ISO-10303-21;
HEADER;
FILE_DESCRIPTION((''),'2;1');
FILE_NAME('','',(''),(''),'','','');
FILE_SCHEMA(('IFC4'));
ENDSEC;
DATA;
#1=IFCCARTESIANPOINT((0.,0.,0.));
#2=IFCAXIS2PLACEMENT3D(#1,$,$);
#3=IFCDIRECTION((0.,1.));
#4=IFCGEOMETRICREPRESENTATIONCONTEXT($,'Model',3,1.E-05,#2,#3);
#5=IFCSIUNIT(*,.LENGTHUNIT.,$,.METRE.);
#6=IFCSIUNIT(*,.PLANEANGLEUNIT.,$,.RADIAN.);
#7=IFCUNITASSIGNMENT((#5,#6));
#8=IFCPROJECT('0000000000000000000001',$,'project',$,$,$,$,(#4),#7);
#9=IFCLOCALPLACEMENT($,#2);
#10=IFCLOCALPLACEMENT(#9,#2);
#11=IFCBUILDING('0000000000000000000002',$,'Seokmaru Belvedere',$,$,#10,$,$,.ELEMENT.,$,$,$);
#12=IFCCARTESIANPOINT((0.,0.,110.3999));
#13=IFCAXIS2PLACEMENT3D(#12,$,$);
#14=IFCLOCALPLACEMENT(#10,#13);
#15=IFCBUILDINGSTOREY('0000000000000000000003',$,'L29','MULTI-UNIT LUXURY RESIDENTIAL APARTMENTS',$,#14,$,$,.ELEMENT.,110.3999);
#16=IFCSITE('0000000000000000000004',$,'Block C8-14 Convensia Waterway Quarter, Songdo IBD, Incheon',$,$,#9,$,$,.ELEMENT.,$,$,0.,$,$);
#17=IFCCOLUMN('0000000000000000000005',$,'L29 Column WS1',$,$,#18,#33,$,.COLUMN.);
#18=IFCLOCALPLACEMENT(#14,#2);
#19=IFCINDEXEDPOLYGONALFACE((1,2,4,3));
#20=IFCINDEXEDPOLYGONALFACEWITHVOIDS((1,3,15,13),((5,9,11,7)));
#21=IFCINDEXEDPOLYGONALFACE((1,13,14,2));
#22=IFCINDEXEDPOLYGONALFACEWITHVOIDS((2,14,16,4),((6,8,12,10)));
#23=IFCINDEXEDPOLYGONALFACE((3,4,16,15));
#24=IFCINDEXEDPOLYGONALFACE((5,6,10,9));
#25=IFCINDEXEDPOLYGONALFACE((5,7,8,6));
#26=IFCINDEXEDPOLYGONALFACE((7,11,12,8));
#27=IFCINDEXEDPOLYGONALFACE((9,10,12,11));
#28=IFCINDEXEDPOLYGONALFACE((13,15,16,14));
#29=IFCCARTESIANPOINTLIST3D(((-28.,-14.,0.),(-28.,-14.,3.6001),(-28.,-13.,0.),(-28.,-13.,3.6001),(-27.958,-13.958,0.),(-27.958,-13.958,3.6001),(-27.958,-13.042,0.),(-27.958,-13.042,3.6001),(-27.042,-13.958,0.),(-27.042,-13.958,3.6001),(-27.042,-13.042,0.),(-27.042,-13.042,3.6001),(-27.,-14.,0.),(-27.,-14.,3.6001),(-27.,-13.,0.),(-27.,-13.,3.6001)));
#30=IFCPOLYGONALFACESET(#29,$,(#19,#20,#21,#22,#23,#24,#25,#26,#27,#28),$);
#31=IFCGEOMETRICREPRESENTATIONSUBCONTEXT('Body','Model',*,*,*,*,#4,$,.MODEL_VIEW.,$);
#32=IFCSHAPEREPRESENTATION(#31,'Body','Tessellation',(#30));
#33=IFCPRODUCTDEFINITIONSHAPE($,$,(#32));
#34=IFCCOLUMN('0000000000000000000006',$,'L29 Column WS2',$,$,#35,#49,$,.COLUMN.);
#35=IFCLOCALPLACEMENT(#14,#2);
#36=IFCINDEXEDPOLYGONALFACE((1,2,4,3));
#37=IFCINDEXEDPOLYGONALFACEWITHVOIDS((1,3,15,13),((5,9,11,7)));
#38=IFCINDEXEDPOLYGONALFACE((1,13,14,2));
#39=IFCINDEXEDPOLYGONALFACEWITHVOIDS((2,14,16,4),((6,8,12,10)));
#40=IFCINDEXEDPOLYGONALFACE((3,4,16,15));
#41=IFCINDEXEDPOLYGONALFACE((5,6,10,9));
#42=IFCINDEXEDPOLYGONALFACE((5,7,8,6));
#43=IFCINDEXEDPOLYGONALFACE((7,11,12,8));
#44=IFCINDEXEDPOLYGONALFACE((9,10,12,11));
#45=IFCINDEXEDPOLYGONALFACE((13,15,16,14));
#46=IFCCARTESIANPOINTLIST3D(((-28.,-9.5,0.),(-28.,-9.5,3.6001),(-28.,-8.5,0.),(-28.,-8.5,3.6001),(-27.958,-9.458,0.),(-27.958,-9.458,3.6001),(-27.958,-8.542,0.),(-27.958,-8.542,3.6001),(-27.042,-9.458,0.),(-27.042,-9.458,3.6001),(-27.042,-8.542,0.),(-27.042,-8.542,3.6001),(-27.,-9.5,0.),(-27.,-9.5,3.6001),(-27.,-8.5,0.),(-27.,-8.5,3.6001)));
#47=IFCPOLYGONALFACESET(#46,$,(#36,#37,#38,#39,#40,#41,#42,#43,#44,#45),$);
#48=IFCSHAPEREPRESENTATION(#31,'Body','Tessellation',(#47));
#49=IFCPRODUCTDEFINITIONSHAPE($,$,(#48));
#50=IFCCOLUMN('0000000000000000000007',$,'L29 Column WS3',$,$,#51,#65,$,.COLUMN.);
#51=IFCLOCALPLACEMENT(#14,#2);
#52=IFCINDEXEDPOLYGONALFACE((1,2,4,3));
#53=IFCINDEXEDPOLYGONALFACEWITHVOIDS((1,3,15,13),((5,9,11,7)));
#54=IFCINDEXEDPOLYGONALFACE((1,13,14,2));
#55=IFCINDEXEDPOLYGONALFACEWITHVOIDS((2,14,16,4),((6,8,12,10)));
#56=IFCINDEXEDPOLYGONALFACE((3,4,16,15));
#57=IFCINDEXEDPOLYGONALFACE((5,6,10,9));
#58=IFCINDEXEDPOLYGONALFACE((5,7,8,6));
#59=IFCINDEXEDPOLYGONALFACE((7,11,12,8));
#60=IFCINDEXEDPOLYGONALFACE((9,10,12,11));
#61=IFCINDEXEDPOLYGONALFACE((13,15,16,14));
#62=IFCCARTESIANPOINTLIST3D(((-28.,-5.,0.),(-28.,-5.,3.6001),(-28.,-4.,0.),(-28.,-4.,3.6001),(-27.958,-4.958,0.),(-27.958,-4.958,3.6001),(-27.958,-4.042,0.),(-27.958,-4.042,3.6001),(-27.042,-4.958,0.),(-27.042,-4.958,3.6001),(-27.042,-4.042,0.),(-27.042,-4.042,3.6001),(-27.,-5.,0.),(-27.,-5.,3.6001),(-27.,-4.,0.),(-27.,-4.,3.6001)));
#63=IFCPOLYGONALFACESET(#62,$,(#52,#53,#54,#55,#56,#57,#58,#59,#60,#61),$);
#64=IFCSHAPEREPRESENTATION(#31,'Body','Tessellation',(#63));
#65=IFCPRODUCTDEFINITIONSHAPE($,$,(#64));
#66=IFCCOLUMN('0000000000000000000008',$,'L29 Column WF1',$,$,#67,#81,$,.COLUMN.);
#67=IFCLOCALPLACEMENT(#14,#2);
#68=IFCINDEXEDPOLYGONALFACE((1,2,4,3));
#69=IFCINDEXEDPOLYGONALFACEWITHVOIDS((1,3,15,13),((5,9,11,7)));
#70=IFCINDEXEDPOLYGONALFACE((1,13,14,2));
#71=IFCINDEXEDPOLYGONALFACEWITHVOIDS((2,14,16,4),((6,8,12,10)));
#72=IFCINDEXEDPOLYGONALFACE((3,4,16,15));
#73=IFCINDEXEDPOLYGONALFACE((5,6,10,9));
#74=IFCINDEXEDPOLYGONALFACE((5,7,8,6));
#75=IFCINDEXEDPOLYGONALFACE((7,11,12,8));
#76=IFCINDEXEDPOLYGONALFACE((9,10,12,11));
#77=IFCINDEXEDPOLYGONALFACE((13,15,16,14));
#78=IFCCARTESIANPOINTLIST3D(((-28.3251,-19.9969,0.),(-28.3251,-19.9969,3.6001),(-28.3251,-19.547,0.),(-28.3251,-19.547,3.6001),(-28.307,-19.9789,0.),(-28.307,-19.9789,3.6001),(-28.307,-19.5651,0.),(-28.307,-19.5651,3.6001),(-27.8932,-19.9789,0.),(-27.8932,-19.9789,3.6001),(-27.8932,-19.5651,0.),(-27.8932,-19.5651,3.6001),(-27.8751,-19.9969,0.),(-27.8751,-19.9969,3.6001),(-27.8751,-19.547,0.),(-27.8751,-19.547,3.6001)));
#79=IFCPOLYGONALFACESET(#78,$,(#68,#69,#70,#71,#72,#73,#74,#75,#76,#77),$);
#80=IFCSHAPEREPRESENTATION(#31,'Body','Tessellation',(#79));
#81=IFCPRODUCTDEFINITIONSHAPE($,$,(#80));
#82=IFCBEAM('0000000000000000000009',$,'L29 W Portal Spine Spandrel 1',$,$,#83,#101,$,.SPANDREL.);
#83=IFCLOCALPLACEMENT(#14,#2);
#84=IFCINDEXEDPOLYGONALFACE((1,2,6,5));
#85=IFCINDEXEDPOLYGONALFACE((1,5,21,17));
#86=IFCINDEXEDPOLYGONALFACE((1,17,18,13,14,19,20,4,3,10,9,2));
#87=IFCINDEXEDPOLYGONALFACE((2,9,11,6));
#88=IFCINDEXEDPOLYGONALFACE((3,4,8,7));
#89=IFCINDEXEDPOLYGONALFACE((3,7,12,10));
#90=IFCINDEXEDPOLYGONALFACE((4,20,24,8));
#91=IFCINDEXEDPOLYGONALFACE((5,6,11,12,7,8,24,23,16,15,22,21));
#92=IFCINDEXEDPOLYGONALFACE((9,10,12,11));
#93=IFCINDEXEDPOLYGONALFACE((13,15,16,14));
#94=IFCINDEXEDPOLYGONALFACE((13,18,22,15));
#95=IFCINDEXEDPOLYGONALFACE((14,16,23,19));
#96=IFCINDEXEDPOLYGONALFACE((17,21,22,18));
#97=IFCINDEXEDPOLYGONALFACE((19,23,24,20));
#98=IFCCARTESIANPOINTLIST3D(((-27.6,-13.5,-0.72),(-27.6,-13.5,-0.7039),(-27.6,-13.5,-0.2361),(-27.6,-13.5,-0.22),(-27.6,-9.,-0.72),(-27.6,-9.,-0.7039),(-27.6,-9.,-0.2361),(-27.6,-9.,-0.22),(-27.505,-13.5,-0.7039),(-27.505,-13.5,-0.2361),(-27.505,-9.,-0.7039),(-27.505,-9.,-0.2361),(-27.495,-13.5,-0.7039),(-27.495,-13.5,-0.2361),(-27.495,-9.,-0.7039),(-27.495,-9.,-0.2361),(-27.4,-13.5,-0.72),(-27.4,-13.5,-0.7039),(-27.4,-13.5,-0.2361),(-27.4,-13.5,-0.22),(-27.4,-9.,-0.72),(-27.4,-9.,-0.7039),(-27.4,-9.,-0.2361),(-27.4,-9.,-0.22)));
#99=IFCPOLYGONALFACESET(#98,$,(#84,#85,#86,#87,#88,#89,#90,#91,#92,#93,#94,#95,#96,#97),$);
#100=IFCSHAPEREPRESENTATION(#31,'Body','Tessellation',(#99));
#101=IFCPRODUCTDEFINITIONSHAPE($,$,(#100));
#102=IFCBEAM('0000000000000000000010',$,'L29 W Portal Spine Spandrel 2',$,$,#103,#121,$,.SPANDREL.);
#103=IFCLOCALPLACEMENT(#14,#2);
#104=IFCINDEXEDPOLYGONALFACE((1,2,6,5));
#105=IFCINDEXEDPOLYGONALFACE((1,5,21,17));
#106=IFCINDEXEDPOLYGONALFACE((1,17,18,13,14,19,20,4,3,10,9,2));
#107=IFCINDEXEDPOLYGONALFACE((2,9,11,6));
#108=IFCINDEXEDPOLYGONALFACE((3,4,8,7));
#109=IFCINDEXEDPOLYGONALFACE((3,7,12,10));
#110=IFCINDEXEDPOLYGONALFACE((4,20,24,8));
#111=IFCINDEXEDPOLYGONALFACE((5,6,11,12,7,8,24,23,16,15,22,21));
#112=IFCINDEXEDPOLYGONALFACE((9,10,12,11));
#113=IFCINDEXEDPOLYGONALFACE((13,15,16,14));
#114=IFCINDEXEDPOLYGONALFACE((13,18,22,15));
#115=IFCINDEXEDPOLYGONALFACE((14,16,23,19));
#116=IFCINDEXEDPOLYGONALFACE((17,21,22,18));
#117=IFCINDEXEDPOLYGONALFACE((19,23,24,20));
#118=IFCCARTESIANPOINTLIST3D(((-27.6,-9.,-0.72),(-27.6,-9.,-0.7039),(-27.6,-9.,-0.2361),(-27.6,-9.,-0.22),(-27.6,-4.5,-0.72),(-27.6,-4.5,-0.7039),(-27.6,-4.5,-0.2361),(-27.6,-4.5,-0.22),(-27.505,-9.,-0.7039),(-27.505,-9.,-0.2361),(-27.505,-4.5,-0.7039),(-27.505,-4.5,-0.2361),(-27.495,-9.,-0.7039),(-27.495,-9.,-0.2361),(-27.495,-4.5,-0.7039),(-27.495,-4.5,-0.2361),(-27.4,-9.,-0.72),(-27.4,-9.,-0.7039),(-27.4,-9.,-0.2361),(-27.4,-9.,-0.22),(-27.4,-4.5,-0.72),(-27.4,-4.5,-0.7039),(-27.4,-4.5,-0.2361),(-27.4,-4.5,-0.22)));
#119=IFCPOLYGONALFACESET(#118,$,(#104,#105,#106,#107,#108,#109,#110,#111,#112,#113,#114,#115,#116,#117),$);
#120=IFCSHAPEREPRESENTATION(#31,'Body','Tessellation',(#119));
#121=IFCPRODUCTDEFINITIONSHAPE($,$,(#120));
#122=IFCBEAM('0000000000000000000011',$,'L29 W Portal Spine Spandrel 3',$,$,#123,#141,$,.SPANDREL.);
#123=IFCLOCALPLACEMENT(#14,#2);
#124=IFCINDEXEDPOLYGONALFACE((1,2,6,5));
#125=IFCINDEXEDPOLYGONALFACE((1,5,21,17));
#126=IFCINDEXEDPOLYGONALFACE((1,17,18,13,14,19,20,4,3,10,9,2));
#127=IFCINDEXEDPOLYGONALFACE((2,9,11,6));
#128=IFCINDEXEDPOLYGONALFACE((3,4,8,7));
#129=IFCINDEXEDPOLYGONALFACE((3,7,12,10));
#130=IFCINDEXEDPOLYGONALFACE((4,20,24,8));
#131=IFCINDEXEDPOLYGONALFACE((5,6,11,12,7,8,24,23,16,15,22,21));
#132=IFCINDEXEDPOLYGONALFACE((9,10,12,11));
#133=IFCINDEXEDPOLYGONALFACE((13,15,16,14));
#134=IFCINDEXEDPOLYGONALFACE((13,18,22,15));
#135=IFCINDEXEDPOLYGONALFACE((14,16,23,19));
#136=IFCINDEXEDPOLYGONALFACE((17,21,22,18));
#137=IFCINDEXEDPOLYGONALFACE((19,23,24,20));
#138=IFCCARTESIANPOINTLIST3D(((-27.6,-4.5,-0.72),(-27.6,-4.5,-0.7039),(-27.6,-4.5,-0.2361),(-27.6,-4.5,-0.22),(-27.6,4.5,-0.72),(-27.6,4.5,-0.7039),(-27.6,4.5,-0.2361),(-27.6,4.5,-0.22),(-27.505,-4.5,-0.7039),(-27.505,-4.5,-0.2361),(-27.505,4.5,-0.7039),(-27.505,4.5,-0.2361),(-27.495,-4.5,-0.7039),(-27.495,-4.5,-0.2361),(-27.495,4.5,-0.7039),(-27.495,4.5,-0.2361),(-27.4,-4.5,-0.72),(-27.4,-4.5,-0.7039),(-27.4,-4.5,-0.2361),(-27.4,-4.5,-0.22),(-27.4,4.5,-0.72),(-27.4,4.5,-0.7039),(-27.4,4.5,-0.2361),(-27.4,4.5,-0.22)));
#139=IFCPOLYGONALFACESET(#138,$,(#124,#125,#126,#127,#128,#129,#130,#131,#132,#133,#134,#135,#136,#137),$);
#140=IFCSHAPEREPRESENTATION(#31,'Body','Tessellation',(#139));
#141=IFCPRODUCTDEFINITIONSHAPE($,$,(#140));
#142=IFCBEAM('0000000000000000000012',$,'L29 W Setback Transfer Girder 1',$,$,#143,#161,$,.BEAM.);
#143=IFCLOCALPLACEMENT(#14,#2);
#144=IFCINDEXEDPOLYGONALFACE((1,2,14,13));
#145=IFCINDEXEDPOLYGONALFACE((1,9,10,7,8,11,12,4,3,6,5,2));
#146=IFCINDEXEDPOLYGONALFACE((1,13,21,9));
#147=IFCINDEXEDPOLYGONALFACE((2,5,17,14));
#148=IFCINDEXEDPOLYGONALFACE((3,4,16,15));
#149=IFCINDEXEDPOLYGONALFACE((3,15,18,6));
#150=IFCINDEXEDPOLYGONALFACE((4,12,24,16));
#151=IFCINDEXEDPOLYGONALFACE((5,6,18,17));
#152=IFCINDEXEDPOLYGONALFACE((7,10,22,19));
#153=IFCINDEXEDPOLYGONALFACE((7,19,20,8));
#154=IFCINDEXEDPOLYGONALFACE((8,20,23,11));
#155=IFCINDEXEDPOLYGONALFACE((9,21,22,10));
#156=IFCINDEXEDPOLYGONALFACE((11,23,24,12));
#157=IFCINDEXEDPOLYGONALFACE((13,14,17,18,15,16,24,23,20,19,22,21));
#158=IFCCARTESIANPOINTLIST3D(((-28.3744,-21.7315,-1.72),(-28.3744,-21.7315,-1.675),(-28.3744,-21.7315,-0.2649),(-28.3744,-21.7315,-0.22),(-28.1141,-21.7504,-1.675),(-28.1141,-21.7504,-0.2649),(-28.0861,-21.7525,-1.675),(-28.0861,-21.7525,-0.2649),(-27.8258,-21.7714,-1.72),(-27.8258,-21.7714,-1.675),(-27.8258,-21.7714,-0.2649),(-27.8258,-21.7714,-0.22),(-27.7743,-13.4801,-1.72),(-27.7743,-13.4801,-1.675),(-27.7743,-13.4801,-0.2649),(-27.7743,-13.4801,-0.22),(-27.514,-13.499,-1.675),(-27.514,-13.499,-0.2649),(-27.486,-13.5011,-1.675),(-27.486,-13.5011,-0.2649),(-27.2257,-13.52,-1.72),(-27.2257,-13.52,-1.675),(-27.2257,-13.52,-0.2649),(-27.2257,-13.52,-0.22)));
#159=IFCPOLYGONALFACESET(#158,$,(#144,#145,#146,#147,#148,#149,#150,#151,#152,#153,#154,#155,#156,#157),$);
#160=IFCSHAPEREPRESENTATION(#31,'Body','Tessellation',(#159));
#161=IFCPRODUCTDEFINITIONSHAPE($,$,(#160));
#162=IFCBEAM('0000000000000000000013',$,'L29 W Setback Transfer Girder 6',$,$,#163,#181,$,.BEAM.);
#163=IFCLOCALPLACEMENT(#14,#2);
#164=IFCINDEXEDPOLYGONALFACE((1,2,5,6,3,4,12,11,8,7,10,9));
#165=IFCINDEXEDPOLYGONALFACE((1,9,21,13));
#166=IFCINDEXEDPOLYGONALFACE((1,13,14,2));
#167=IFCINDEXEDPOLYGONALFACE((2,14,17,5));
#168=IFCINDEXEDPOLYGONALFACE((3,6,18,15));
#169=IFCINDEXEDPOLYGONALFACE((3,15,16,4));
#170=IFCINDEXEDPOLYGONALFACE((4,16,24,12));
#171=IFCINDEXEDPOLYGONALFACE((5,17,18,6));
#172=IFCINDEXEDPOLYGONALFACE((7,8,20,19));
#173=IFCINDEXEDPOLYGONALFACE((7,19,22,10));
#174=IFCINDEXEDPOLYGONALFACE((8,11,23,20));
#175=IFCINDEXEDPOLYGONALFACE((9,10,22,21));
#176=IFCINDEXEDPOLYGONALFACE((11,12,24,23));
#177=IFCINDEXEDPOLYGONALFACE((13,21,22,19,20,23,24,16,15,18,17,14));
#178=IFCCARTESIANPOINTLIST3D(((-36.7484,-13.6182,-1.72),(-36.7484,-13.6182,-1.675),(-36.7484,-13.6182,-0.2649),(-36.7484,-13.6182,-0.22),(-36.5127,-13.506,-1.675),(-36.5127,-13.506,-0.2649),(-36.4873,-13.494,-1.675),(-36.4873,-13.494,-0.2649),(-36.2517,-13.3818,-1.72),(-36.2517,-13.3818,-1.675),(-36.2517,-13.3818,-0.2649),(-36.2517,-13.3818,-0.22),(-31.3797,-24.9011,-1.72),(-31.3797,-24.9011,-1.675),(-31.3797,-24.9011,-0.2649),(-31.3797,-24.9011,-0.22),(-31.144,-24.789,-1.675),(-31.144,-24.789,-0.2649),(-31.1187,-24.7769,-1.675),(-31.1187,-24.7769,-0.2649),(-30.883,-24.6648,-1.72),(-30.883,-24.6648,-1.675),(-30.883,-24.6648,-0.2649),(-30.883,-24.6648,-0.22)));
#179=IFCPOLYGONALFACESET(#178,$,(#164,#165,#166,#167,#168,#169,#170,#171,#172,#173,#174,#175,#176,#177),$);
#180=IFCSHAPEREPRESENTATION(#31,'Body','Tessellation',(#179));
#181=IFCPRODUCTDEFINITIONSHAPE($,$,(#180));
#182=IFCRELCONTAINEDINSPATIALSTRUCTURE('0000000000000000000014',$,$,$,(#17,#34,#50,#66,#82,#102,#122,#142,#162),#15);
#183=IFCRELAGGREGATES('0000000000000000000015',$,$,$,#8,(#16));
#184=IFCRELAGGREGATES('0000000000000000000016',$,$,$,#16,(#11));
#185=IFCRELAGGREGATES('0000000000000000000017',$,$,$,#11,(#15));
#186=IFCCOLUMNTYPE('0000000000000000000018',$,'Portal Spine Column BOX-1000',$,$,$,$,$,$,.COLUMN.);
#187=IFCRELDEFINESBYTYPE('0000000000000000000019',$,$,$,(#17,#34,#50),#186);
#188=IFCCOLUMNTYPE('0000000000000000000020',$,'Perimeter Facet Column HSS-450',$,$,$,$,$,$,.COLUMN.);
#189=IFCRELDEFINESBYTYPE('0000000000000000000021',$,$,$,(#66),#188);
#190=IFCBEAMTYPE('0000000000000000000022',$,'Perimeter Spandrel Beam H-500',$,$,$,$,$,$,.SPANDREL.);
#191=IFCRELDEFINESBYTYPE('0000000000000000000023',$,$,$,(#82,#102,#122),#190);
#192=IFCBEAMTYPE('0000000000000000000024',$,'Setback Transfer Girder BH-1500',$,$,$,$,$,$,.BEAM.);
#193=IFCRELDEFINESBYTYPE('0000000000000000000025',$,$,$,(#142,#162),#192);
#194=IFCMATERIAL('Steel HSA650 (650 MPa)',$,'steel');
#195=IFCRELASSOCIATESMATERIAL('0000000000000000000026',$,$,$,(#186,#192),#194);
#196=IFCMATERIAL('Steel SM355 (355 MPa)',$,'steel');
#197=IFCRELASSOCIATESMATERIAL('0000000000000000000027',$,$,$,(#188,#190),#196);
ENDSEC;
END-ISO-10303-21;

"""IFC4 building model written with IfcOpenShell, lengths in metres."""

from ifc_helpers import new_model, si_unit, direction, frame, origin, origin_2d, place, context, subcontext, project, spatial, hollow_rectangle, i_section, extrude, source, transform, mapped, material, material_profile, profile_set, type_object, type_shapes, element, save


model = new_model("IFC4")

# Units and contexts
model_context = context("Model", 3, precision=1e-05, world=origin(), true_north=direction((0.0, 1.0)))
body_context = subcontext(model_context, "Body", "Model", "MODEL_VIEW")
ifc_project = project(units=[si_unit("LENGTHUNIT", "METRE"), si_unit("PLANEANGLEUNIT", "RADIAN")], contexts=[model_context])

# Site, building, storey
site_placement = place(None, origin())
site = spatial("IfcSite", under=ifc_project, at=site_placement, Name="Block C8-14 Convensia Waterway Quarter, Songdo IBD, Incheon", CompositionType="ELEMENT", RefElevation=0.0)
building_placement = place(site_placement, origin())
building = spatial("IfcBuilding", under=site, at=building_placement, Name="Seokmaru Belvedere", CompositionType="ELEMENT")
storey_placement = place(building_placement, frame((0.0, 0.0, 110.3999)))
storey = spatial("IfcBuildingStorey", under=building, at=storey_placement, Name="L29", Description="MULTI-UNIT LUXURY RESIDENTIAL APARTMENTS", CompositionType="ELEMENT", Elevation=110.3999)

# Columns
ifc_material_1 = material(Name="Steel HSA650 (650 MPa)", Category="steel")
ifc_material_profile_1 = material_profile(ifc_material_1, hollow_rectangle(XDim=1.0, YDim=1.0, WallThickness=0.042, at=origin_2d()), Name="BOX-1000x1000x42")
ifc_profile_set_1 = profile_set([ifc_material_profile_1], Name="Steel HSA650 (650 MPa)")
column_type_1 = type_object("IfcColumnType", Name="Portal Spine Column BOX-1000", PredefinedType="COLUMN", material=ifc_profile_set_1)
shared_shape_1 = source(origin(), body_context, "Body", "SweptSolid", [
    extrude(hollow_rectangle(XDim=1.0, YDim=1.0, WallThickness=0.042, at=origin_2d()), origin(), (0.0, 0.0, 1.0), 3.6001),
])
type_shapes(column_type_1, [shared_shape_1])
for number, where, z_axis, x_axis, name in (
    (1, (-27.5, -13.5, 0.0), (0.0, 0.0, 1.0), (1.0, 0.0, 0.0), "L29 Column WS1"),
    (2, (-27.5, -9.0, 0.0), (0.0, 0.0, 1.0), (1.0, 0.0, 0.0), "L29 Column WS2"),
    (3, (-27.5, -4.5, 0.0), (0.0, 0.0, 1.0), (1.0, 0.0, 0.0), "L29 Column WS3"),
):
    element("IfcColumn", number, at=place(storey_placement, frame(where, z_axis=z_axis, x_axis=x_axis)), inside=storey, type_object=column_type_1, Name=name, PredefinedType="COLUMN", context=body_context, shape_type="MappedRepresentation", body=[
        mapped(shared_shape_1, transform((0.0, 0.0, 0.0), scale=1.0)),
    ])
ifc_material_2 = material(Name="Steel SM355 (355 MPa)", Category="steel")
ifc_material_profile_2 = material_profile(ifc_material_2, hollow_rectangle(XDim=0.45, YDim=0.45, WallThickness=0.0181, at=origin_2d()), Name="HSS-450x450x18")
ifc_profile_set_2 = profile_set([ifc_material_profile_2], Name="Steel SM355 (355 MPa)")
column_type_2 = type_object("IfcColumnType", Name="Perimeter Facet Column HSS-450", PredefinedType="COLUMN", material=ifc_profile_set_2)
shared_shape_2 = source(origin(), body_context, "Body", "SweptSolid", [
    extrude(hollow_rectangle(XDim=0.45, YDim=0.45, WallThickness=0.0181, at=origin_2d()), origin(), (0.0, 0.0, 1.0), 3.6001),
])
type_shapes(column_type_2, [shared_shape_2])
column_placement = place(storey_placement, frame((-28.1001, -19.772, 0.0), z_axis=(0.0, 0.0, 1.0), x_axis=(1.0, 0.0, 0.0)))
element("IfcColumn", 4, at=column_placement, inside=storey, type_object=column_type_2, Name="L29 Column WF1", PredefinedType="COLUMN", context=body_context, shape_type="MappedRepresentation", body=[
    mapped(shared_shape_2, transform((0.0, 0.0, 0.0), scale=1.0)),
])

# Beams
ifc_material_profile_3 = material_profile(ifc_material_2, i_section(OverallWidth=0.2, OverallDepth=0.5, WebThickness=0.01, FlangeThickness=0.0161, at=origin_2d()), Name="H-500x200x10x16")
ifc_profile_set_3 = profile_set([ifc_material_profile_3], Name="Steel SM355 (355 MPa)")
beam_type_1 = type_object("IfcBeamType", Name="Perimeter Spandrel Beam H-500", PredefinedType="SPANDREL", material=ifc_profile_set_3)
shared_shape_3 = source(origin(), body_context, "Body", "SweptSolid", [
    extrude(i_section(OverallWidth=0.2, OverallDepth=0.5, WebThickness=0.01, FlangeThickness=0.0161, at=origin_2d()), origin(), (0.0, 0.0, 1.0), 4.5),
])
for number, where, z_axis, x_axis, name in (
    (5, (-27.5, -13.5, -0.47), (0.0, 1.0, 0.0), (-1.0, 0.0, 0.0), "L29 W Portal Spine Spandrel 1"),
    (6, (-27.5, -9.0, -0.47), (0.0, 1.0, 0.0), (-1.0, 0.0, 0.0), "L29 W Portal Spine Spandrel 2"),
):
    element("IfcBeam", number, at=place(storey_placement, frame(where, z_axis=z_axis, x_axis=x_axis)), inside=storey, type_object=beam_type_1, Name=name, PredefinedType="SPANDREL", context=body_context, shape_type="MappedRepresentation", body=[
        mapped(shared_shape_3, transform((0.0, 0.0, 0.0), scale=1.0)),
    ])
shared_shape_4 = source(origin(), body_context, "Body", "SweptSolid", [
    extrude(i_section(OverallWidth=0.2, OverallDepth=0.5, WebThickness=0.01, FlangeThickness=0.0161, at=origin_2d()), origin(), (0.0, 0.0, 1.0), 9.0),
])
type_shapes(beam_type_1, [shared_shape_3, shared_shape_4])
beam_1_placement = place(storey_placement, frame((-27.5, -4.5, -0.47), z_axis=(0.0, 1.0, 0.0), x_axis=(-1.0, 0.0, 0.0)))
element("IfcBeam", 7, at=beam_1_placement, inside=storey, type_object=beam_type_1, Name="L29 W Portal Spine Spandrel 3", PredefinedType="SPANDREL", context=body_context, shape_type="MappedRepresentation", body=[
    mapped(shared_shape_4, transform((0.0, 0.0, 0.0), scale=1.0)),
])
ifc_material_profile_4 = material_profile(ifc_material_1, i_section(OverallWidth=0.55, OverallDepth=1.5, WebThickness=0.0281, FlangeThickness=0.0449, at=origin_2d()), Name="BH-1500x550x28x45")
ifc_profile_set_4 = profile_set([ifc_material_profile_4], Name="Steel HSA650 (650 MPa)")
beam_type_2 = type_object("IfcBeamType", Name="Setback Transfer Girder BH-1500", PredefinedType="BEAM", material=ifc_profile_set_4)
shared_shape_5 = source(origin(), body_context, "Body", "SweptSolid", [
    extrude(i_section(OverallWidth=0.55, OverallDepth=1.5, WebThickness=0.0281, FlangeThickness=0.0449, at=origin_2d()), origin(), (0.0, 0.0, 1.0), 8.2732),
])
beam_2_placement = place(storey_placement, frame((-28.1001, -21.7515, -0.97), z_axis=(0.072535, 0.997366, 0.0), x_axis=(-0.997366, 0.072535, 0.0)))
element("IfcBeam", 8, at=beam_2_placement, inside=storey, type_object=beam_type_2, Name="L29 W Setback Transfer Girder 1", PredefinedType="BEAM", context=body_context, shape_type="MappedRepresentation", body=[
    mapped(shared_shape_5, transform((0.0, 0.0, 0.0), scale=1.0)),
])
shared_shape_6 = source(origin(), body_context, "Body", "SweptSolid", [
    extrude(i_section(OverallWidth=0.55, OverallDepth=1.5, WebThickness=0.0281, FlangeThickness=0.0449, at=origin_2d()), origin(), (0.0, 0.0, 1.0), 12.4951),
])
type_shapes(beam_type_2, [shared_shape_5, shared_shape_6])
beam_3_placement = place(storey_placement, frame((-31.1313, -24.783, -0.97), z_axis=(-0.429661, 0.90299, 0.0), x_axis=(-0.90299, -0.429661, 0.0)))
element("IfcBeam", 9, at=beam_3_placement, inside=storey, type_object=beam_type_2, Name="L29 W Setback Transfer Girder 6", PredefinedType="BEAM", context=body_context, shape_type="MappedRepresentation", body=[
    mapped(shared_shape_6, transform((0.0, 0.0, 0.0), scale=1.0)),
])

save(model, "model.ifc")
